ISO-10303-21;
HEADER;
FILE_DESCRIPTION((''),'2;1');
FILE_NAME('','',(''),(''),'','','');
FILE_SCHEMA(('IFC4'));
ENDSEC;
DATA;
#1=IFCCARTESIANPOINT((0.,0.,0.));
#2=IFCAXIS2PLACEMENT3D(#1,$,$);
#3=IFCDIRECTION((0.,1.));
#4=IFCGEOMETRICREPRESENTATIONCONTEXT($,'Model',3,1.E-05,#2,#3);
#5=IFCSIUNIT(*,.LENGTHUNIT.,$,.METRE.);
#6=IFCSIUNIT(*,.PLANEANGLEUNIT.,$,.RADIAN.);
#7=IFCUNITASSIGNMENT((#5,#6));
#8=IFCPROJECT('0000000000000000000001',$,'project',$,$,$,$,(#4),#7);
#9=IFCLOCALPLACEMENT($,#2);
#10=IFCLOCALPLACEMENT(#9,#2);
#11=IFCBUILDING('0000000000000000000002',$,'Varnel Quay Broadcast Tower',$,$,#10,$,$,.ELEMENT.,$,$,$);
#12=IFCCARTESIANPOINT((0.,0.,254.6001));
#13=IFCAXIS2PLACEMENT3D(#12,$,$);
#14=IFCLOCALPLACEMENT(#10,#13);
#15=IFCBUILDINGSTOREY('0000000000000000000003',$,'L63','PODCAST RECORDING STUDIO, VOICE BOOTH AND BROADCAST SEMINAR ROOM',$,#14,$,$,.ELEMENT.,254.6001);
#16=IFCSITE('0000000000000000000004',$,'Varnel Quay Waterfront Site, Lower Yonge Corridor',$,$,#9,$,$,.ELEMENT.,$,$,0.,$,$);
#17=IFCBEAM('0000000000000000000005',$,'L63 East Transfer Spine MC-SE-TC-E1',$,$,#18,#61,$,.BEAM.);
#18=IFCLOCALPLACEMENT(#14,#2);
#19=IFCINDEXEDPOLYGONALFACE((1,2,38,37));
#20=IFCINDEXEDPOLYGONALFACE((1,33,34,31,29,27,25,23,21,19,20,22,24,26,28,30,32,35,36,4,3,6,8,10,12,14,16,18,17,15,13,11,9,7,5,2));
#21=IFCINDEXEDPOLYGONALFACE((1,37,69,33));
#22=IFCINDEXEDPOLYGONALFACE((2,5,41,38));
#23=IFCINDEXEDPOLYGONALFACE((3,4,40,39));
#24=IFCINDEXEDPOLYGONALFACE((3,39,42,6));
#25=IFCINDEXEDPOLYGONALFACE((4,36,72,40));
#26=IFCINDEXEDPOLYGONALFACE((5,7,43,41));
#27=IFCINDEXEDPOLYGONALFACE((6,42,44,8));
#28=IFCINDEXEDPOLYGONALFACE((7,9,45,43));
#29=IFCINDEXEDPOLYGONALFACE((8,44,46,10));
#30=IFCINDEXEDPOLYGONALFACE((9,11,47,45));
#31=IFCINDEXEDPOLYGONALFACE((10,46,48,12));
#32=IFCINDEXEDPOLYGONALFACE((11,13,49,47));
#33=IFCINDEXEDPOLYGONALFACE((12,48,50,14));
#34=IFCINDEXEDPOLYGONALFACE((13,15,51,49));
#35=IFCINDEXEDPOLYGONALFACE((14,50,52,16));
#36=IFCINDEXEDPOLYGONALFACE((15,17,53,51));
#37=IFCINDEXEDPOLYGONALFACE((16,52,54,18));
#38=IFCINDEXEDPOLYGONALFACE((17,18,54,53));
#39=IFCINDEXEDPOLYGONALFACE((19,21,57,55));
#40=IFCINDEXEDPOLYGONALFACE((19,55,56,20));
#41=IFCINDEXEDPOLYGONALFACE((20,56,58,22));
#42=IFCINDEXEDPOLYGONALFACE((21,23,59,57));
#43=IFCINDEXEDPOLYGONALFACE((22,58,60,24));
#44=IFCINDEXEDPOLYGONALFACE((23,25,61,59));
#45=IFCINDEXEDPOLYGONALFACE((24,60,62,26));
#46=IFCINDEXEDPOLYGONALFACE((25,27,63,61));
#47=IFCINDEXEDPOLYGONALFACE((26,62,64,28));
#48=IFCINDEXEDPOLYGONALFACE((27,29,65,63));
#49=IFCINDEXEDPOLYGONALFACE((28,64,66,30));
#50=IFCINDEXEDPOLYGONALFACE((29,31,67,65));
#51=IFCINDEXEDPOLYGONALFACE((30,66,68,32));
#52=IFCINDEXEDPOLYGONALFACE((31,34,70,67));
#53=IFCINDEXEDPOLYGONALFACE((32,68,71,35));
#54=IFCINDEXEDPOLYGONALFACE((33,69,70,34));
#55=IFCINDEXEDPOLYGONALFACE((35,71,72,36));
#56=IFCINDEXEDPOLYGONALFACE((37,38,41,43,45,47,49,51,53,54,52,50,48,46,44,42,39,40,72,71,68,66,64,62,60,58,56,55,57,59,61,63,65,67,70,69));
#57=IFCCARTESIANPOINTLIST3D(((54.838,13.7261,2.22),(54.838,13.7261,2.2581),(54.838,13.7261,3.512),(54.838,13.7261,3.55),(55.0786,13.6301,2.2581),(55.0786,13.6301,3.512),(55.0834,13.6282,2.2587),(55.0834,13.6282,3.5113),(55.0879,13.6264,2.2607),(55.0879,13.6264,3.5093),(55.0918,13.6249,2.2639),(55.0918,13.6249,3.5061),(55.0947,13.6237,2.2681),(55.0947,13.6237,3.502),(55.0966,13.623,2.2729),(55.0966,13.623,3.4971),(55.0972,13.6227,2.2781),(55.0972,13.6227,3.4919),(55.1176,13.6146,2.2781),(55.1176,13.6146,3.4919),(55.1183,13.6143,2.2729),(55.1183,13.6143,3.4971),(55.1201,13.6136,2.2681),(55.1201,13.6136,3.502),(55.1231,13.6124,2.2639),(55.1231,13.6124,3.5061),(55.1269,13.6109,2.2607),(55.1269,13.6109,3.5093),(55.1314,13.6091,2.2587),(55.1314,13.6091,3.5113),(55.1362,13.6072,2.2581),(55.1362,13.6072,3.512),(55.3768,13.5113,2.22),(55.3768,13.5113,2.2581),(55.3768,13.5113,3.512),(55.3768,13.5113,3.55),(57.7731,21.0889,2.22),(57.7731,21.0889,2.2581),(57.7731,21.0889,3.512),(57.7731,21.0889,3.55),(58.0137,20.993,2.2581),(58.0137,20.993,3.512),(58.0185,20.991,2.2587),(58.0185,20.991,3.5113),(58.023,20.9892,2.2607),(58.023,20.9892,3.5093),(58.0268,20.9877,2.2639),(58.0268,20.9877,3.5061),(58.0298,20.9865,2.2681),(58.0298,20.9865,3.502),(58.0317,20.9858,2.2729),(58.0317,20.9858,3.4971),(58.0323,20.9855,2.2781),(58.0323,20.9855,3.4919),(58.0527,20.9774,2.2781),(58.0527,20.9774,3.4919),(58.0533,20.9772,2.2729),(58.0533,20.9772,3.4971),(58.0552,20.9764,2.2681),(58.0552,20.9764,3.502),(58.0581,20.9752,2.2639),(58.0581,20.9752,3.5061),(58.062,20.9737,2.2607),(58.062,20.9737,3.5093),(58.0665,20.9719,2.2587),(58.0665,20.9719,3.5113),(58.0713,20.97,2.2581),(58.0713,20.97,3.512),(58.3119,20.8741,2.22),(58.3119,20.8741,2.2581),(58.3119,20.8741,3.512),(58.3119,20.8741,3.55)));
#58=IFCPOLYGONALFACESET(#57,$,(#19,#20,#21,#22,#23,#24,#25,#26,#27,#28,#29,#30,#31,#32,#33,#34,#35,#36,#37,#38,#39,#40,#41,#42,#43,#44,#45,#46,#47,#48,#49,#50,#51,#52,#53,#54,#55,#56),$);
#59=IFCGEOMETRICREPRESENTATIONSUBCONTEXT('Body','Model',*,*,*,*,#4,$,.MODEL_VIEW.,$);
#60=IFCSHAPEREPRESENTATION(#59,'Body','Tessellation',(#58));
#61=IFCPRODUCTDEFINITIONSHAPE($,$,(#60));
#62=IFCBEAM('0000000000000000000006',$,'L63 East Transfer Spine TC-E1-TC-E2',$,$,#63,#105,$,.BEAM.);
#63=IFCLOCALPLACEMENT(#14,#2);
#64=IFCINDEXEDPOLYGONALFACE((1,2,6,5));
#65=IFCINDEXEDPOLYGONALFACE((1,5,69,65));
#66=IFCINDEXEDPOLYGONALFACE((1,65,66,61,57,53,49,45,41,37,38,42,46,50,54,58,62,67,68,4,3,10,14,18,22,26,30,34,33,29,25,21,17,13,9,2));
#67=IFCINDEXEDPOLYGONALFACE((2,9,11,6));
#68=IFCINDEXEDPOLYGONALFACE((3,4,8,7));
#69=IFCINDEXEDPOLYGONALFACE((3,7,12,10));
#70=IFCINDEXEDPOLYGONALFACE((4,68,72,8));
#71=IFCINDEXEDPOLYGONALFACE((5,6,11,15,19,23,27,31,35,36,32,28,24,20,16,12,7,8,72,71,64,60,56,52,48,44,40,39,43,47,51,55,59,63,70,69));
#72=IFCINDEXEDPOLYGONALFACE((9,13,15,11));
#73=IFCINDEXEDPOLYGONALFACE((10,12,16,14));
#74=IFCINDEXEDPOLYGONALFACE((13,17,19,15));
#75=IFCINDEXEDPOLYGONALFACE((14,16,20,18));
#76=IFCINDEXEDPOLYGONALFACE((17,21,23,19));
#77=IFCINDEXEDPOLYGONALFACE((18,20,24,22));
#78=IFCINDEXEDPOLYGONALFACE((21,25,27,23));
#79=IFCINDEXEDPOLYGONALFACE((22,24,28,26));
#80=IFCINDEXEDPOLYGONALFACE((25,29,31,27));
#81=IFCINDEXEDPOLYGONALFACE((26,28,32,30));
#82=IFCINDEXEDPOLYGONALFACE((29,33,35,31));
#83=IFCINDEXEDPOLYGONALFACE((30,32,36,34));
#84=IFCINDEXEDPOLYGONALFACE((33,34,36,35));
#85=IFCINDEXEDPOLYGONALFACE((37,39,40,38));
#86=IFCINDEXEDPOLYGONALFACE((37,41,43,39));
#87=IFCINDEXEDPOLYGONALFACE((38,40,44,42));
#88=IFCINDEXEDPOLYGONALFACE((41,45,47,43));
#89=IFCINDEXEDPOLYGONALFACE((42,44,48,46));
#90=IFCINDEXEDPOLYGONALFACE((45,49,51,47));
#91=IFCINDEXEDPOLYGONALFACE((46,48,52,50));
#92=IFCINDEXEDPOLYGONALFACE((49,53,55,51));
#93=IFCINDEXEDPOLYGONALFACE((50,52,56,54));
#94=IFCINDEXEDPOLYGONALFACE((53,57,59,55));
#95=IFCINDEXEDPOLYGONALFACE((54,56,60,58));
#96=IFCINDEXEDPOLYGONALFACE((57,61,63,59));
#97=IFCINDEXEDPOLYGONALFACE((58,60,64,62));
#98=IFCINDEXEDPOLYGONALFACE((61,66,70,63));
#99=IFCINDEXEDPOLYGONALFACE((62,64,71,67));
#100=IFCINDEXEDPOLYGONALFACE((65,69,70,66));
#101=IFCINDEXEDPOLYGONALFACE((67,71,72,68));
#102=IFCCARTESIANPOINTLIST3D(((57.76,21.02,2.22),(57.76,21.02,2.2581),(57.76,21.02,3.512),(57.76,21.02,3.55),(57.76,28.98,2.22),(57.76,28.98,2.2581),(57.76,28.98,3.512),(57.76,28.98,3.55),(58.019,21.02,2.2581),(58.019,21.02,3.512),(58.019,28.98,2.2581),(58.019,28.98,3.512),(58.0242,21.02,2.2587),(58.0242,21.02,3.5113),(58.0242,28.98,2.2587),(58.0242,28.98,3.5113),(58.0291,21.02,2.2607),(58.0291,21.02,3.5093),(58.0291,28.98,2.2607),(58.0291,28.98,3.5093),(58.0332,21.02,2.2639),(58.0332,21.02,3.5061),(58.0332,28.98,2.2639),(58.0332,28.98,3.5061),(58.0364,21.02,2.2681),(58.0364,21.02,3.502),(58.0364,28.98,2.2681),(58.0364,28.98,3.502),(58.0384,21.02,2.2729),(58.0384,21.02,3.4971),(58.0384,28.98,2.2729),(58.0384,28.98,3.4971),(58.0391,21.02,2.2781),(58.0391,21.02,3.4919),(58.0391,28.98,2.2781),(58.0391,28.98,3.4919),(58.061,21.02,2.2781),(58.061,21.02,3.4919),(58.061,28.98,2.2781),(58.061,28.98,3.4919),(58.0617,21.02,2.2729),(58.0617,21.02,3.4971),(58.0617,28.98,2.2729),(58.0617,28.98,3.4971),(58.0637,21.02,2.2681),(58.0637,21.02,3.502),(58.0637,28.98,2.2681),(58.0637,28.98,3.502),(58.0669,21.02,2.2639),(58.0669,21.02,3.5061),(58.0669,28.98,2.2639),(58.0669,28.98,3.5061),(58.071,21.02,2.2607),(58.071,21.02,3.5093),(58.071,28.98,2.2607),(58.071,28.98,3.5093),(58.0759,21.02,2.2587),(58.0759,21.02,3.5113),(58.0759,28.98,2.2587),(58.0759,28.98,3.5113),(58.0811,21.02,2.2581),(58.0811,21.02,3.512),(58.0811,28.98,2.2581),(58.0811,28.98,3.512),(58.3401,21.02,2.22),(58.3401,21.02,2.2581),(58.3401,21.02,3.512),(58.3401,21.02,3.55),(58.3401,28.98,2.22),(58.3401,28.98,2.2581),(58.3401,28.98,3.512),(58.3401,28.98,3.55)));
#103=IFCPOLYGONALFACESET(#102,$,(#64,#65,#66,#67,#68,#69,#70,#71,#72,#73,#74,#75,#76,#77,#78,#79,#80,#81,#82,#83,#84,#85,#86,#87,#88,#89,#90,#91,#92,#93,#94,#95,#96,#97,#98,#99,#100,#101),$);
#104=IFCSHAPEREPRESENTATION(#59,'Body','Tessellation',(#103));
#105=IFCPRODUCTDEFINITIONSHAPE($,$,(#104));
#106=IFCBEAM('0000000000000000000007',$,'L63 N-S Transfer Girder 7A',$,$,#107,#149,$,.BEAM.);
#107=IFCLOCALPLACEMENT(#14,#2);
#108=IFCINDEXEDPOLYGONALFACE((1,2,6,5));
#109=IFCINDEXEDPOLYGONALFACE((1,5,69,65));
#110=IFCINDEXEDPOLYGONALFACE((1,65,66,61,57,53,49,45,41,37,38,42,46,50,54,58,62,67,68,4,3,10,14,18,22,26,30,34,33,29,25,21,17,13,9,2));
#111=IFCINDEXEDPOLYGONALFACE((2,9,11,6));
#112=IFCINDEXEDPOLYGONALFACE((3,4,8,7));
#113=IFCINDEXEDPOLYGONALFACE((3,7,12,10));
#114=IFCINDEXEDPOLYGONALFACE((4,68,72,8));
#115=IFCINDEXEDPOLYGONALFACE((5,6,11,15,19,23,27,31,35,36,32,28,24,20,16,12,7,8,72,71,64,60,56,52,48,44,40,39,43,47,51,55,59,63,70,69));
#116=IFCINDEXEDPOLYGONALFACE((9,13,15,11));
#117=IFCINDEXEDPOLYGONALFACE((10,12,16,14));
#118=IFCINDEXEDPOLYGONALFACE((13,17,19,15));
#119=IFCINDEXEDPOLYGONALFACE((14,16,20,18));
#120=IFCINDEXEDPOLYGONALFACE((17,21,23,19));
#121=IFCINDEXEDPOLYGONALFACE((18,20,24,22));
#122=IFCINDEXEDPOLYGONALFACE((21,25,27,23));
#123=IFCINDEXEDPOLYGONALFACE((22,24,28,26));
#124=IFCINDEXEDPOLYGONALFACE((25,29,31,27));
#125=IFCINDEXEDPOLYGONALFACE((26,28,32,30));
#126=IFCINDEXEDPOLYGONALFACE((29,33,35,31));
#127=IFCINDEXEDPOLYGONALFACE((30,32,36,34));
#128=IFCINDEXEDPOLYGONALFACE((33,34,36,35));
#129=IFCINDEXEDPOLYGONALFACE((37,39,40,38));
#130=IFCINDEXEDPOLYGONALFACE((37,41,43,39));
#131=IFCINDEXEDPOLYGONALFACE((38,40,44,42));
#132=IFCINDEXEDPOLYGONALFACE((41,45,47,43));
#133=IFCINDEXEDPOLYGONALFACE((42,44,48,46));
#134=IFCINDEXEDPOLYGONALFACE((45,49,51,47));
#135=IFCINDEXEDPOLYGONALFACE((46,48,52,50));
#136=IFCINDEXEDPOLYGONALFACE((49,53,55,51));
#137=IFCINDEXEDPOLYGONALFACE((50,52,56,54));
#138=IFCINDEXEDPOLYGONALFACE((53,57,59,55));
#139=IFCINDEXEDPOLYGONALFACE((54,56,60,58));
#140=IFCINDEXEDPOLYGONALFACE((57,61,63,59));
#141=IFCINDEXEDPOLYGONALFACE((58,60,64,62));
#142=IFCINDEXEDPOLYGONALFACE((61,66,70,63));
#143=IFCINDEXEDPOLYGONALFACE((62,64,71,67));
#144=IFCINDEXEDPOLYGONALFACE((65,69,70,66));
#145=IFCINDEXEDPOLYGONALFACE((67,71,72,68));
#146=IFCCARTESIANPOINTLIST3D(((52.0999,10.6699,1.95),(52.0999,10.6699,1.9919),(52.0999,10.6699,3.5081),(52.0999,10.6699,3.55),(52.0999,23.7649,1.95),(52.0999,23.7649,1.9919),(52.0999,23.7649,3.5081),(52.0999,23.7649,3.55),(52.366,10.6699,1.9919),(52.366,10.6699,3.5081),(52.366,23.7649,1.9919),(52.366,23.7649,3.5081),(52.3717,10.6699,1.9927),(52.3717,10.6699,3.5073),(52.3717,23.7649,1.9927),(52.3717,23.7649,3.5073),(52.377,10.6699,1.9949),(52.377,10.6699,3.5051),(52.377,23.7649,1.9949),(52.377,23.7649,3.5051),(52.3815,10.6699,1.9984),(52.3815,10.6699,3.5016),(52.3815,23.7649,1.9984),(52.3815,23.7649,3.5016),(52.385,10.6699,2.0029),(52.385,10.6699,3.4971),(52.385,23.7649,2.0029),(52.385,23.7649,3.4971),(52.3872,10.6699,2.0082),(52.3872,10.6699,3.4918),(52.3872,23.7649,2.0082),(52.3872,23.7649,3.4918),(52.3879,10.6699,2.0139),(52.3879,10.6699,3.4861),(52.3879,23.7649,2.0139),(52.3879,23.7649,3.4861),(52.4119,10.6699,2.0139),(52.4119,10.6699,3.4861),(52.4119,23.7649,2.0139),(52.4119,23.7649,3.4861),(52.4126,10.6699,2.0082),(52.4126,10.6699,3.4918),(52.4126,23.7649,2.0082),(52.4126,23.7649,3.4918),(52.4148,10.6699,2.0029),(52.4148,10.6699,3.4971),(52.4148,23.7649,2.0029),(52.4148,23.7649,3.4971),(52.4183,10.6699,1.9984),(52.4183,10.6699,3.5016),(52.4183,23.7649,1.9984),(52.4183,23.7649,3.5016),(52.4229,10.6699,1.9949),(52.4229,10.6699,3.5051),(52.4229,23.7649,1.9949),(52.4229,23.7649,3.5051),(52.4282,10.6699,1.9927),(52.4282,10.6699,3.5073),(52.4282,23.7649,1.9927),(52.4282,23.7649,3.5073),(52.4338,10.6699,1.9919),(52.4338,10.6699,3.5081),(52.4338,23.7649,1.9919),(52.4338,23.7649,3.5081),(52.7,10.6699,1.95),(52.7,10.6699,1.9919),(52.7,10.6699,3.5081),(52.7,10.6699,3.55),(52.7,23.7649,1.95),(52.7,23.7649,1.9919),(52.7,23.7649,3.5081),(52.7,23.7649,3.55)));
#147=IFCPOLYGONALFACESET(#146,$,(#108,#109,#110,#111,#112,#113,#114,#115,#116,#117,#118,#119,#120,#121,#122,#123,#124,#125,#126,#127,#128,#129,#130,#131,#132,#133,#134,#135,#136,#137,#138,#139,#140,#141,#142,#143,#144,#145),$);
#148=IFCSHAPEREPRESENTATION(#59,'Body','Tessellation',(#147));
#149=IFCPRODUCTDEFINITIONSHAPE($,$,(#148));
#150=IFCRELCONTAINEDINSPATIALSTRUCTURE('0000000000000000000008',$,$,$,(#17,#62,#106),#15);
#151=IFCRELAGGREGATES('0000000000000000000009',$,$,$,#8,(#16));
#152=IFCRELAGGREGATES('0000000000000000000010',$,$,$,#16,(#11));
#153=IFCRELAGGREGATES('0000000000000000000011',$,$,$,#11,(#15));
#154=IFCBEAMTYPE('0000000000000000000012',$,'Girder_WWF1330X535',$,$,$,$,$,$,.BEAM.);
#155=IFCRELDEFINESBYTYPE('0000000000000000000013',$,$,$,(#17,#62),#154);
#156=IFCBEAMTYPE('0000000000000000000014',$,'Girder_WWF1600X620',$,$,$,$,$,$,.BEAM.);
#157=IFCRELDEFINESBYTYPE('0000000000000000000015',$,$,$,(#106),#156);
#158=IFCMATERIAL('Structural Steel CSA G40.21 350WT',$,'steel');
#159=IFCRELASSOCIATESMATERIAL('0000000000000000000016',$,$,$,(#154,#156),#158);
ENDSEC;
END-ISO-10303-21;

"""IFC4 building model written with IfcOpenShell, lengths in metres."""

from ifc_helpers import new_model, si_unit, direction, frame, origin, origin_2d, place, context, subcontext, project, spatial, i_section, extrude, source, transform, mapped, material, material_profile, profile_set, type_object, element, save


model = new_model("IFC4")

# Units and contexts
model_context = context("Model", 3, precision=1e-05, world=origin(), true_north=direction((0.0, 1.0)))
body_context = subcontext(model_context, "Body", "Model", "MODEL_VIEW")
ifc_project = project(units=[si_unit("LENGTHUNIT", "METRE"), si_unit("PLANEANGLEUNIT", "RADIAN")], contexts=[model_context])

# Site, building, storey
site_placement = place(None, origin())
site = spatial("IfcSite", under=ifc_project, at=site_placement, Name="Varnel Quay Waterfront Site, Lower Yonge Corridor", CompositionType="ELEMENT", RefElevation=0.0)
building_placement = place(site_placement, origin())
building = spatial("IfcBuilding", under=site, at=building_placement, Name="Varnel Quay Broadcast Tower", CompositionType="ELEMENT")
storey_placement = place(building_placement, frame((0.0, 0.0, 254.6001)))
storey = spatial("IfcBuildingStorey", under=building, at=storey_placement, Name="L63", Description="PODCAST RECORDING STUDIO, VOICE BOOTH AND BROADCAST SEMINAR ROOM", CompositionType="ELEMENT", Elevation=254.6001)

# Shared definitions
ifc_material_1 = material(Name="Structural Steel CSA G40.21 350WT", Category="steel")

# Beams
ifc_material_profile_1 = material_profile(ifc_material_1, i_section(OverallWidth=0.5801, OverallDepth=1.3301, WebThickness=0.022, FlangeThickness=0.0381, FilletRadius=0.02, at=origin_2d()), Name="WWF1330X535")
ifc_profile_set_1 = profile_set([ifc_material_profile_1], Name="Structural Steel CSA G40.21 350WT")
beam_type_1 = type_object("IfcBeamType", Name="Girder_WWF1330X535", PredefinedType="BEAM", material=ifc_profile_set_1)
shared_shape_1 = source(origin(), body_context, "Body", "SweptSolid", [
    extrude(i_section(OverallWidth=0.5801, OverallDepth=1.3301, WebThickness=0.022, FlangeThickness=0.0381, FilletRadius=0.02, at=origin_2d()), origin(), (0.0, 0.0, 1.0), 7.9263),
])
beam_1_placement = place(storey_placement, frame((55.1074, 13.6187, 2.885), z_axis=(0.370296, 0.928914, 0.0), x_axis=(-0.928914, 0.370296, 0.0)))
element("IfcBeam", 1, at=beam_1_placement, inside=storey, type_object=beam_type_1, Name="L63 East Transfer Spine MC-SE-TC-E1", PredefinedType="BEAM", context=body_context, shape_type="MappedRepresentation", body=[
    mapped(shared_shape_1, transform((0.0, 0.0, 0.0), x_axis=(1.0, 0.0, 0.0), y_axis=(0.0, 1.0, 0.0), z_axis=(0.0, 0.0, 1.0), scale=1.0)),
])
shared_shape_2 = source(origin(), body_context, "Body", "SweptSolid", [
    extrude(i_section(OverallWidth=0.5801, OverallDepth=1.3301, WebThickness=0.022, FlangeThickness=0.0381, FilletRadius=0.02, at=origin_2d()), origin(), (0.0, 0.0, 1.0), 7.96),
])
beam_2_placement = place(storey_placement, frame((58.05, 21.02, 2.885), z_axis=(0.0, 1.0, 0.0), x_axis=(-1.0, 0.0, 0.0)))
element("IfcBeam", 2, at=beam_2_placement, inside=storey, type_object=beam_type_1, Name="L63 East Transfer Spine TC-E1-TC-E2", PredefinedType="BEAM", context=body_context, shape_type="MappedRepresentation", body=[
    mapped(shared_shape_2, transform((0.0, 0.0, 0.0), x_axis=(1.0, 0.0, 0.0), y_axis=(0.0, 1.0, 0.0), z_axis=(0.0, 0.0, 1.0), scale=1.0)),
])
ifc_material_profile_2 = material_profile(ifc_material_1, i_section(OverallWidth=0.6001, OverallDepth=1.6001, WebThickness=0.0239, FlangeThickness=0.042, FilletRadius=0.022, at=origin_2d()), Name="WWF1600X620")
ifc_profile_set_2 = profile_set([ifc_material_profile_2], Name="Structural Steel CSA G40.21 350WT")
beam_type_2 = type_object("IfcBeamType", Name="Girder_WWF1600X620", PredefinedType="BEAM", material=ifc_profile_set_2)
shared_shape_3 = source(origin(), body_context, "Body", "SweptSolid", [
    extrude(i_section(OverallWidth=0.6001, OverallDepth=1.6001, WebThickness=0.0239, FlangeThickness=0.042, FilletRadius=0.022, at=origin_2d()), origin(), (0.0, 0.0, 1.0), 13.095),
])
beam_3_placement = place(storey_placement, frame((52.3999, 10.6699, 2.75), z_axis=(0.0, 1.0, 0.0), x_axis=(-1.0, 0.0, 0.0)))
element("IfcBeam", 3, at=beam_3_placement, inside=storey, type_object=beam_type_2, Name="L63 N-S Transfer Girder 7A", PredefinedType="BEAM", context=body_context, shape_type="MappedRepresentation", body=[
    mapped(shared_shape_3, transform((0.0, 0.0, 0.0), x_axis=(1.0, 0.0, 0.0), y_axis=(0.0, 1.0, 0.0), z_axis=(0.0, 0.0, 1.0), scale=1.0)),
])

save(model, "model.ifc")
